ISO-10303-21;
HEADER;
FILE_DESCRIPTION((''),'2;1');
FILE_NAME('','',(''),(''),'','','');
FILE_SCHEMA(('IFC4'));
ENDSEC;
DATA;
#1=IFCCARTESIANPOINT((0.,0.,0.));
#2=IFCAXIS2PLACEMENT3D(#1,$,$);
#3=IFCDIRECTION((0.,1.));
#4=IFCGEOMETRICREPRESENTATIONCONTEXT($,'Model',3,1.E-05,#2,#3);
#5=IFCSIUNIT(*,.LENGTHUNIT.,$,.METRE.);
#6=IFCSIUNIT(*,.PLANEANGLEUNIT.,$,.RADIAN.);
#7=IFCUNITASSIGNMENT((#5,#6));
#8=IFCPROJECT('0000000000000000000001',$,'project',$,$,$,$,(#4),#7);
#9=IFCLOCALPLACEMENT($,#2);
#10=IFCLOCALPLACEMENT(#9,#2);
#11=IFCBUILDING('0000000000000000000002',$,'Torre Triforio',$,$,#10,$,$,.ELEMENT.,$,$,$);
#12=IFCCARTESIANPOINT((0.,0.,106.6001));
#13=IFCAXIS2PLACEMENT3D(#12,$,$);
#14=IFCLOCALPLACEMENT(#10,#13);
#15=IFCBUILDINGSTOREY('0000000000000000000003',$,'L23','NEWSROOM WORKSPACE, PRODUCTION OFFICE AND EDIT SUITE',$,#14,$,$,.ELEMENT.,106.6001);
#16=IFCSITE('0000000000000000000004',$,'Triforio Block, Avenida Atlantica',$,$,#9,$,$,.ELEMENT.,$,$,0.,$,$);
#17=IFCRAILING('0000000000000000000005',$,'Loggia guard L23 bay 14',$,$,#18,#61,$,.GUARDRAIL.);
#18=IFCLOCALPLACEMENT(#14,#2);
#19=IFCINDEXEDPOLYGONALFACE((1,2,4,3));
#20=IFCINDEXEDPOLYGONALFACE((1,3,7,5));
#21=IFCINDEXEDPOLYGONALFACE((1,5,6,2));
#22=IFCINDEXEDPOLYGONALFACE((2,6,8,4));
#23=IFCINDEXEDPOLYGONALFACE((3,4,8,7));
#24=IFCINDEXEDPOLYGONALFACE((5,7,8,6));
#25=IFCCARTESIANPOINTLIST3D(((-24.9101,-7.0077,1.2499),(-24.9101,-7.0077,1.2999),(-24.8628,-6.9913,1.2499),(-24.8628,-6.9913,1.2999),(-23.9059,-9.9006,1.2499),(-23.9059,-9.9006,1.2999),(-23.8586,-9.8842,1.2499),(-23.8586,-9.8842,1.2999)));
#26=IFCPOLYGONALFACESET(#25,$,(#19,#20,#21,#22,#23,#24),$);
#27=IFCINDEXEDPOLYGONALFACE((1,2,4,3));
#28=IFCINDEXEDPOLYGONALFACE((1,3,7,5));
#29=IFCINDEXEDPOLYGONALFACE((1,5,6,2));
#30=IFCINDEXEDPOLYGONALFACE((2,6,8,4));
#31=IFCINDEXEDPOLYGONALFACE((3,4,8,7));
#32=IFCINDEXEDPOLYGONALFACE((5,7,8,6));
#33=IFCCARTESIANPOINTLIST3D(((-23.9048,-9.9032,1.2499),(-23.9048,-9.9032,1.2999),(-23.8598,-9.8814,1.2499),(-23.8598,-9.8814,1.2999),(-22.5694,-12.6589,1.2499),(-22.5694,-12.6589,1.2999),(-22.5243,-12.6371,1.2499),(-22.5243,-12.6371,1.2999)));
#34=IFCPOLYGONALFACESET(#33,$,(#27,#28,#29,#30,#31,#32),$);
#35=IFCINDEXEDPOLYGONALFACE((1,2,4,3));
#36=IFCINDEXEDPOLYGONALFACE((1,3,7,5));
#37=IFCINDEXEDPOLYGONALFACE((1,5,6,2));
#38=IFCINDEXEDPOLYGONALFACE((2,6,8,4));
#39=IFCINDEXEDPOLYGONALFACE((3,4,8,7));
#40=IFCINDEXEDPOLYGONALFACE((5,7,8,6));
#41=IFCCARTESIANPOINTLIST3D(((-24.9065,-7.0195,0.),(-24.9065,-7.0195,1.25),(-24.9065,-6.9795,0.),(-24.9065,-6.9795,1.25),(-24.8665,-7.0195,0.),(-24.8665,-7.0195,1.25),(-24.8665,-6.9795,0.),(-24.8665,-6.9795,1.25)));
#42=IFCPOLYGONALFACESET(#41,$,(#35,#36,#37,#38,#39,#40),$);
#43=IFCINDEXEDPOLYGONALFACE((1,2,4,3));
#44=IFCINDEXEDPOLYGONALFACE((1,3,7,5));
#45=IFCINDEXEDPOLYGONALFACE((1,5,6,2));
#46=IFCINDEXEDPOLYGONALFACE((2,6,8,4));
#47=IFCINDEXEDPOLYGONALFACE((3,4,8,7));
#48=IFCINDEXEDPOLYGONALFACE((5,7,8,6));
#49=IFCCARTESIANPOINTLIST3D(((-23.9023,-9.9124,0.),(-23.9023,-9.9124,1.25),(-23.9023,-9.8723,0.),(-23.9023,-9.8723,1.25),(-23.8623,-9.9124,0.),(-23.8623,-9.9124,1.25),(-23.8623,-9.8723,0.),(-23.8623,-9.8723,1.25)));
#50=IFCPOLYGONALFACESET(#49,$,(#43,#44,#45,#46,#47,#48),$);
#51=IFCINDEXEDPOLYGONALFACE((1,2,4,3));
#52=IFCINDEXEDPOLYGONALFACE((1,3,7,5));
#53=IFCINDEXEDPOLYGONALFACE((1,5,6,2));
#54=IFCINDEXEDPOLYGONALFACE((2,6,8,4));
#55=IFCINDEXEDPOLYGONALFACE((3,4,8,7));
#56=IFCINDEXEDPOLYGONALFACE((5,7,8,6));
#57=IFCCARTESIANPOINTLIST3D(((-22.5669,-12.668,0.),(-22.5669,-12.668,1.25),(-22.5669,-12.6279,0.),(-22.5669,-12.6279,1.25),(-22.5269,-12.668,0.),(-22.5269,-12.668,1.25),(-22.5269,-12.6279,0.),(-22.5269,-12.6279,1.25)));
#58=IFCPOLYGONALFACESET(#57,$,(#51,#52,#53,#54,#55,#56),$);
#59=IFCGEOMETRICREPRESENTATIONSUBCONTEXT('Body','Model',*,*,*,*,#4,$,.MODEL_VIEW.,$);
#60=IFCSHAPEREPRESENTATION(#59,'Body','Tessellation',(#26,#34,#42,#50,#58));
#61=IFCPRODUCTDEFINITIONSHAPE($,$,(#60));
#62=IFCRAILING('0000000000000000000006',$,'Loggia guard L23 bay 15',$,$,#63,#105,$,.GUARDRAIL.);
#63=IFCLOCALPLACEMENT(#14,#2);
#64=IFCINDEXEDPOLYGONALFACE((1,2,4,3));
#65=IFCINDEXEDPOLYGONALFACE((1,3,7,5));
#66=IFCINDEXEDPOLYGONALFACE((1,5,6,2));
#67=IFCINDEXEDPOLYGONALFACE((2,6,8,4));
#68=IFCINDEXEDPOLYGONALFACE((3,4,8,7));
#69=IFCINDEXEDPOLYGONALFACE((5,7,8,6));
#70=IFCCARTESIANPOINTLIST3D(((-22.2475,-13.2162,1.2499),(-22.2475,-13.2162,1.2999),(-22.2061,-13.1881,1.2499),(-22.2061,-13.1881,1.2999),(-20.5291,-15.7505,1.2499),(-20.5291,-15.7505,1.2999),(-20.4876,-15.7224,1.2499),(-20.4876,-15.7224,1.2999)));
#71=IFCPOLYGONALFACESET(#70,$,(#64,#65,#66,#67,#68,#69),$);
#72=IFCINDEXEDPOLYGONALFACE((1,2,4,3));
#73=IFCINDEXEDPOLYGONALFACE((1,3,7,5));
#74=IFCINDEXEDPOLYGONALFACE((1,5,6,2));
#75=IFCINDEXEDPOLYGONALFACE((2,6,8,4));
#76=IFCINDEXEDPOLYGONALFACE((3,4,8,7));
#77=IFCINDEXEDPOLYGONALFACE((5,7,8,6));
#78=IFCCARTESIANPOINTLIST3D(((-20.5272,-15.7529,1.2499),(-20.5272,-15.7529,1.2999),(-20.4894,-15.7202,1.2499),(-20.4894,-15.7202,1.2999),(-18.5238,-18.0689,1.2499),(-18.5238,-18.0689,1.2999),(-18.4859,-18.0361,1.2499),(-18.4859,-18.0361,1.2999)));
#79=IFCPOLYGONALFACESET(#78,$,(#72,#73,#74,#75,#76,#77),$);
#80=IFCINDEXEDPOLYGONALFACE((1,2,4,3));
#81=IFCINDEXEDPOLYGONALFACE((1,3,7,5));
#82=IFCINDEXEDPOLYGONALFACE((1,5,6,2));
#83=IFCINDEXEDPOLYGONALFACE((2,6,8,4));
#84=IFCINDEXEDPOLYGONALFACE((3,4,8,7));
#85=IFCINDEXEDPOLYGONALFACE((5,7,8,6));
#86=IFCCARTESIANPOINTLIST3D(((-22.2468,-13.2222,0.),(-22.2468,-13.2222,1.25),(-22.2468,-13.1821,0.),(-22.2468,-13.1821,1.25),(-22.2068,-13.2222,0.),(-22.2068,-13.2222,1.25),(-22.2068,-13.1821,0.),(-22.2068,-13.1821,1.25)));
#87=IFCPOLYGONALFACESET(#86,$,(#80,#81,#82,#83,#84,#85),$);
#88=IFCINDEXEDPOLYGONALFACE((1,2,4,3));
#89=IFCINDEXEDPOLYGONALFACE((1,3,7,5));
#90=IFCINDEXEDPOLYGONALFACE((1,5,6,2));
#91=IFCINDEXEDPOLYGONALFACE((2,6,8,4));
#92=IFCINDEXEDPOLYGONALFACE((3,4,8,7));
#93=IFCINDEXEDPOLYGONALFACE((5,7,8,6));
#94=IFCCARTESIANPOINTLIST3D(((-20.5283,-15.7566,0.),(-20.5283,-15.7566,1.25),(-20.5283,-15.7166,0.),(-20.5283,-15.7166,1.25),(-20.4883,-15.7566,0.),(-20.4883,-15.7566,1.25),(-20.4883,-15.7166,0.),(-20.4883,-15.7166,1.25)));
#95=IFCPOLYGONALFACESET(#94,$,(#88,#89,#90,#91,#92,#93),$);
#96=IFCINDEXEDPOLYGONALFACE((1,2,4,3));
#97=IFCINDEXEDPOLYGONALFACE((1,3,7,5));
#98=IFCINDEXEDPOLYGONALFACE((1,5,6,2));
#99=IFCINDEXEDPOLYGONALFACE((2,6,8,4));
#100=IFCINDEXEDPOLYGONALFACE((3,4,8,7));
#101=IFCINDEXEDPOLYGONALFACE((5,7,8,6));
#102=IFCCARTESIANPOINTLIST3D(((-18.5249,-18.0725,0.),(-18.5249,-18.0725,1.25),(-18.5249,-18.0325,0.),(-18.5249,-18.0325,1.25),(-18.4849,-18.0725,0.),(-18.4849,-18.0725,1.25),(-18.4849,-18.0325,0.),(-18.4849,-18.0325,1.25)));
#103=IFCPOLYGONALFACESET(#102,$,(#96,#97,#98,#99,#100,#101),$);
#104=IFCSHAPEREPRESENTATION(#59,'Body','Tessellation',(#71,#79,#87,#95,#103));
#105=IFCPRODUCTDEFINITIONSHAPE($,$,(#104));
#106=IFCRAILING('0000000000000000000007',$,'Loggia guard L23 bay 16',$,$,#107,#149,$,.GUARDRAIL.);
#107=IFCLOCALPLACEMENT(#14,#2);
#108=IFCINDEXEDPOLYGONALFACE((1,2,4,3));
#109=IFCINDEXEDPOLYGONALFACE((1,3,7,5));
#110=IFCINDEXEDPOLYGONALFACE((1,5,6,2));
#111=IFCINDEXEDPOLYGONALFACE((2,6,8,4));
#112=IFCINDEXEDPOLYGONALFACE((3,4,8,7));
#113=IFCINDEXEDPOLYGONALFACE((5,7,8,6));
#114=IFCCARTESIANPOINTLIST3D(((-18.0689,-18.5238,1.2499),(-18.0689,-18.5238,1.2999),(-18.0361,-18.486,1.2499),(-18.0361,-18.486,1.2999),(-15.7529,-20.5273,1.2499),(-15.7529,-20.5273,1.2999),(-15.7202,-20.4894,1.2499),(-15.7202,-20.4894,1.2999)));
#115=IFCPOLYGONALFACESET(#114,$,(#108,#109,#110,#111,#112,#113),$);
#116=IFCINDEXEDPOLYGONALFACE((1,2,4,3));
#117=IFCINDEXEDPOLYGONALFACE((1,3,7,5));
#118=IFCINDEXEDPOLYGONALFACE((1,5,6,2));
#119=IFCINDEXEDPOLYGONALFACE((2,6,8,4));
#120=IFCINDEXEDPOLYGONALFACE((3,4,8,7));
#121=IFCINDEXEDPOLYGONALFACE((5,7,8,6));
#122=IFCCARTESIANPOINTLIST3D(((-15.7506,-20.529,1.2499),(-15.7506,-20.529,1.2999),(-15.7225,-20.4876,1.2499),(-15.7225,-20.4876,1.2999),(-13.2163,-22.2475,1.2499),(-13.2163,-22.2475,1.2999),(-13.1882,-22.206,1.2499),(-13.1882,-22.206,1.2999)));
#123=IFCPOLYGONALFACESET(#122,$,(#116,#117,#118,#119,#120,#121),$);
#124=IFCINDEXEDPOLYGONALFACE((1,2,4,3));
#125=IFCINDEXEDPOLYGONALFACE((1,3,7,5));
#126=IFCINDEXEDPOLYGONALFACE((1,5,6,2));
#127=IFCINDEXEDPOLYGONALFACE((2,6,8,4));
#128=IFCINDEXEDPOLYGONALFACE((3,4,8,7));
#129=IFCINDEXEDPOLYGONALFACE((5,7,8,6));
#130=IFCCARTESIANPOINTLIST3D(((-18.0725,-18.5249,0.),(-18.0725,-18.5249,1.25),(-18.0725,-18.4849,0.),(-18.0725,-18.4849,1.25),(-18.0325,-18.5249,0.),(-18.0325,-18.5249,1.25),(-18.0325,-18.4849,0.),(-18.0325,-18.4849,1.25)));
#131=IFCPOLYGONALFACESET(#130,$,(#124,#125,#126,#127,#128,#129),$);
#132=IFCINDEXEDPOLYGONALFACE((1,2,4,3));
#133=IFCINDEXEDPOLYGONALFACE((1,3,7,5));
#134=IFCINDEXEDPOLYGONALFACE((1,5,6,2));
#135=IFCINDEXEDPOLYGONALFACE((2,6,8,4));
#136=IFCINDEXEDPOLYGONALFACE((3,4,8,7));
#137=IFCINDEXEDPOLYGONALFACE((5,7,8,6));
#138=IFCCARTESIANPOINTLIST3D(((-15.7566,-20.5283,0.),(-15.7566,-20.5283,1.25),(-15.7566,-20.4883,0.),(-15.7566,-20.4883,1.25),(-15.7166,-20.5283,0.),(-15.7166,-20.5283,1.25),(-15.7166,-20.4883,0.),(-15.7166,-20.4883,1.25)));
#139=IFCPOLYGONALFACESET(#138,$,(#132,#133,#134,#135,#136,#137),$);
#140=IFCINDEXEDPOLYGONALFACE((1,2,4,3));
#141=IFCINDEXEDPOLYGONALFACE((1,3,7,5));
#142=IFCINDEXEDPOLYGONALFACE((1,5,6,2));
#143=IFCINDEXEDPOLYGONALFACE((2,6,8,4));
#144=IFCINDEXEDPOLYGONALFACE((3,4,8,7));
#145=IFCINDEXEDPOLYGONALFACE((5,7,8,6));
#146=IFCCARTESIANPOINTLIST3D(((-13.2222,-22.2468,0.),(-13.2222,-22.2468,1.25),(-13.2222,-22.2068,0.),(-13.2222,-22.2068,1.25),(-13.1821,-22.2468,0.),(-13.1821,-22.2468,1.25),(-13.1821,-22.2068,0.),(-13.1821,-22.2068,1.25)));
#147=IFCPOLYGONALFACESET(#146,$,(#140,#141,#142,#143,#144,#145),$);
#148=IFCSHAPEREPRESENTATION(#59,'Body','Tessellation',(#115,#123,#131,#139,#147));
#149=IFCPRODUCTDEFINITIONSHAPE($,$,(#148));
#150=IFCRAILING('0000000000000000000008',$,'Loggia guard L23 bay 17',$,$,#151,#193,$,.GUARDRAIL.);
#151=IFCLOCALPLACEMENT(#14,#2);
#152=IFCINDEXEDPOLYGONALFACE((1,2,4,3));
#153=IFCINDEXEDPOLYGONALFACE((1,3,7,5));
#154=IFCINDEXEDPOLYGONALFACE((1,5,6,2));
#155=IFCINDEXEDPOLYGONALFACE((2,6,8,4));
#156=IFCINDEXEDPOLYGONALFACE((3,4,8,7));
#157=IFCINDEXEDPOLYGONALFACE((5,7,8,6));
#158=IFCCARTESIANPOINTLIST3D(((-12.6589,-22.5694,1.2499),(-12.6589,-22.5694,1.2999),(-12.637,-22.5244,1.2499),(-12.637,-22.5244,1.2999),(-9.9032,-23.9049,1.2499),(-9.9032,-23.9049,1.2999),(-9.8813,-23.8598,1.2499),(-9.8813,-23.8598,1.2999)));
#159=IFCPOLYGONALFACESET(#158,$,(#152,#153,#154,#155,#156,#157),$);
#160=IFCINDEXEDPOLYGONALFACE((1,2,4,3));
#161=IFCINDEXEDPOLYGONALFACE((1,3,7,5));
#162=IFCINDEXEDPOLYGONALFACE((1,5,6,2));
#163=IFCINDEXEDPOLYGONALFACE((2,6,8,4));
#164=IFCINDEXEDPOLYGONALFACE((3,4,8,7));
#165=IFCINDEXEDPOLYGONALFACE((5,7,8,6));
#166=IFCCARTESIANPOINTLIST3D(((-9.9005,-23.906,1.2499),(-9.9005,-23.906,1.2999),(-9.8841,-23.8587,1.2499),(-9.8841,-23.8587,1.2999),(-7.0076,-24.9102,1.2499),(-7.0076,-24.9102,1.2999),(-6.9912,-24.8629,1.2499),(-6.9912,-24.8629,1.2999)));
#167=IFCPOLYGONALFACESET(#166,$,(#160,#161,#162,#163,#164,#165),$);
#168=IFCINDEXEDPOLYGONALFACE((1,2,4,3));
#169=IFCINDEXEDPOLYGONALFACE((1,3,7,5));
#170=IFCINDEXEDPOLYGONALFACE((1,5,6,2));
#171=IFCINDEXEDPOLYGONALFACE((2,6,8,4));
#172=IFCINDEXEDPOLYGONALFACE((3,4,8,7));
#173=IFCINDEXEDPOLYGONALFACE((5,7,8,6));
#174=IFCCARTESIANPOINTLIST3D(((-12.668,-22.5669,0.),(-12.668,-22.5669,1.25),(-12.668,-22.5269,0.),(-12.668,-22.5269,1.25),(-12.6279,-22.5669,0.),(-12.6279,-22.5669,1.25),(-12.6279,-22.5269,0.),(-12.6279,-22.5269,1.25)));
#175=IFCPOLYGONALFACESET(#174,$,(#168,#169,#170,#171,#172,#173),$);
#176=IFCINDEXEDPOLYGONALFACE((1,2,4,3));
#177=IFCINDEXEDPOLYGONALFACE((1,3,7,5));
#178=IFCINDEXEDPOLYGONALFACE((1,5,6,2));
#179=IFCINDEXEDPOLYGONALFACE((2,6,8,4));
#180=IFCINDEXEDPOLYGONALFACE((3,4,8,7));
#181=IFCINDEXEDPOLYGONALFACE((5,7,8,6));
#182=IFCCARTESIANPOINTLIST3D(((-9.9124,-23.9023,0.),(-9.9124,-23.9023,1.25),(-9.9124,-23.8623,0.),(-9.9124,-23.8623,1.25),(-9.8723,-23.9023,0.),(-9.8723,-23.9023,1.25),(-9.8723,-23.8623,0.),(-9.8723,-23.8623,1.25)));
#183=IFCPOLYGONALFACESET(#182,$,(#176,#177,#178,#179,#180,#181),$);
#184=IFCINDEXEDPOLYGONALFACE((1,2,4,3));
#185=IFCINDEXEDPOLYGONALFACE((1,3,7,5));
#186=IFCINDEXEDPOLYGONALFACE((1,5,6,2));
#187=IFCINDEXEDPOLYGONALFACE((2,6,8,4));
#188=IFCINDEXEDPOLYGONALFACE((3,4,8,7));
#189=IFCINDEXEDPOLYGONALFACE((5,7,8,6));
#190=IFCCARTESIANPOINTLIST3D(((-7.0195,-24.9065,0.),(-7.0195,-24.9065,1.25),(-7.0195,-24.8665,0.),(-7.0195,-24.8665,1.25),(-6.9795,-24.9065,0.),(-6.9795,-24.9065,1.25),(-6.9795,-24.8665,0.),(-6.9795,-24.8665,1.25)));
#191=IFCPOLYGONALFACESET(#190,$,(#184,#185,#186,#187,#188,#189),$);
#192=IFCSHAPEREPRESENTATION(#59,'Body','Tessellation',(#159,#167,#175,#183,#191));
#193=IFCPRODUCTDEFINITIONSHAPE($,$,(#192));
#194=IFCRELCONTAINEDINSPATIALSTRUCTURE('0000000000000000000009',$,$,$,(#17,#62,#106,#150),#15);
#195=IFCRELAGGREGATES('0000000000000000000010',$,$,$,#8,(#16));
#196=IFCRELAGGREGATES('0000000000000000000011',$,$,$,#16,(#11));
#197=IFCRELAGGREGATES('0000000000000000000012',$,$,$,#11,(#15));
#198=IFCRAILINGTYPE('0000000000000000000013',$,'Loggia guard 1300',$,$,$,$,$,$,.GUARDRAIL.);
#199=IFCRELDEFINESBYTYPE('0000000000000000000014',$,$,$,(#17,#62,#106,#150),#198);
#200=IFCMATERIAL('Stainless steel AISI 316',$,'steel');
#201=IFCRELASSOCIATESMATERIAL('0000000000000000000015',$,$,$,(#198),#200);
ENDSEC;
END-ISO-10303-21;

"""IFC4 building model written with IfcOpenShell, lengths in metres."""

from ifc_helpers import new_model, si_unit, direction, frame, origin, origin_2d, place, context, subcontext, project, spatial, rectangle, extrude, material, type_object, element, save


model = new_model("IFC4")

# Units and contexts
model_context = context("Model", 3, precision=1e-05, world=origin(), true_north=direction((0.0, 1.0)))
body_context = subcontext(model_context, "Body", "Model", "MODEL_VIEW")
ifc_project = project(units=[si_unit("LENGTHUNIT", "METRE"), si_unit("PLANEANGLEUNIT", "RADIAN")], contexts=[model_context])

# Site, building, storey
site_placement = place(None, origin())
site = spatial("IfcSite", under=ifc_project, at=site_placement, Name="Triforio Block, Avenida Atlantica", CompositionType="ELEMENT", RefElevation=0.0)
building_placement = place(site_placement, origin())
building = spatial("IfcBuilding", under=site, at=building_placement, Name="Torre Triforio", CompositionType="ELEMENT")
storey_placement = place(building_placement, frame((0.0, 0.0, 106.6001)))
storey = spatial("IfcBuildingStorey", under=building, at=storey_placement, Name="L23", Description="NEWSROOM WORKSPACE, PRODUCTION OFFICE AND EDIT SUITE", CompositionType="ELEMENT", Elevation=106.6001)

# Railings
ifc_material_1 = material(Name="Stainless steel AISI 316", Category="steel")
railing_type = type_object("IfcRailingType", Name="Loggia guard 1300", PredefinedType="GUARDRAIL", material=ifc_material_1)
railing_1_placement = place(storey_placement, frame((-24.8865, -6.9995, 0.0)))
element("IfcRailing", 1, at=railing_1_placement, inside=storey, type_object=railing_type, Name="Loggia guard L23 bay 14", PredefinedType="GUARDRAIL", context=body_context, shape_type="SweptSolid", body=[
    extrude(rectangle(XDim=0.05, YDim=0.05, at=origin_2d()), frame((0.0, 0.0, 1.2749), z_axis=(0.327924, -0.944704, 0.0), x_axis=(0.944704, 0.327924, 0.0)), (0.0, 0.0, 1.0), 3.0623),
    extrude(rectangle(XDim=0.05, YDim=0.05, at=origin_2d()), frame((1.0042, -2.8928, 1.2749), z_axis=(0.436113, -0.899892, 0.0), x_axis=(0.899892, 0.436113, 0.0)), (0.0, 0.0, 1.0), 3.0623),
    extrude(rectangle(XDim=0.04, YDim=0.04, at=origin_2d()), origin(), (0.0, 0.0, 1.0), 1.25),
    extrude(rectangle(XDim=0.04, YDim=0.04, at=origin_2d()), frame((1.0042, -2.8928, 0.0)), (0.0, 0.0, 1.0), 1.25),
    extrude(rectangle(XDim=0.04, YDim=0.04, at=origin_2d()), frame((2.3396, -5.6484, 0.0)), (0.0, 0.0, 1.0), 1.25),
])
railing_2_placement = place(storey_placement, frame((-22.2268, -13.2021, 0.0)))
element("IfcRailing", 2, at=railing_2_placement, inside=storey, type_object=railing_type, Name="Loggia guard L23 bay 15", PredefinedType="GUARDRAIL", context=body_context, shape_type="SweptSolid", body=[
    extrude(rectangle(XDim=0.05, YDim=0.05, at=origin_2d()), frame((0.0, 0.0, 1.2749), z_axis=(0.561215, -0.82767, 0.0), x_axis=(0.82767, 0.561215, 0.0)), (0.0, 0.0, 1.0), 3.062),
    extrude(rectangle(XDim=0.05, YDim=0.05, at=origin_2d()), frame((1.7185, -2.5344, 1.2749), z_axis=(0.654238, -0.756289, 0.0), x_axis=(0.756289, 0.654238, 0.0)), (0.0, 0.0, 1.0), 3.0623),
    extrude(rectangle(XDim=0.04, YDim=0.04, at=origin_2d()), origin(), (0.0, 0.0, 1.0), 1.25),
    extrude(rectangle(XDim=0.04, YDim=0.04, at=origin_2d()), frame((1.7185, -2.5344, 0.0)), (0.0, 0.0, 1.0), 1.25),
    extrude(rectangle(XDim=0.04, YDim=0.04, at=origin_2d()), frame((3.7219, -4.8503, 0.0)), (0.0, 0.0, 1.0), 1.25),
])
railing_3_placement = place(storey_placement, frame((-18.0525, -18.5049, 0.0)))
element("IfcRailing", 3, at=railing_3_placement, inside=storey, type_object=railing_type, Name="Loggia guard L23 bay 16", PredefinedType="GUARDRAIL", context=body_context, shape_type="SweptSolid", body=[
    extrude(rectangle(XDim=0.05, YDim=0.05, at=origin_2d()), frame((0.0, 0.0, 1.2749), z_axis=(0.756289, -0.654238, 0.0), x_axis=(0.654238, 0.756289, 0.0)), (0.0, 0.0, 1.0), 3.0623),
    extrude(rectangle(XDim=0.05, YDim=0.05, at=origin_2d()), frame((2.3159, -2.0034, 1.2749), z_axis=(0.82767, -0.561215, 0.0), x_axis=(0.561215, 0.82767, 0.0)), (0.0, 0.0, 1.0), 3.062),
    extrude(rectangle(XDim=0.04, YDim=0.04, at=origin_2d()), origin(), (0.0, 0.0, 1.0), 1.25),
    extrude(rectangle(XDim=0.04, YDim=0.04, at=origin_2d()), frame((2.3159, -2.0034, 0.0)), (0.0, 0.0, 1.0), 1.25),
    extrude(rectangle(XDim=0.04, YDim=0.04, at=origin_2d()), frame((4.8503, -3.7219, 0.0)), (0.0, 0.0, 1.0), 1.25),
])
railing_4_placement = place(storey_placement, frame((-12.6479, -22.5469, 0.0)))
element("IfcRailing", 4, at=railing_4_placement, inside=storey, type_object=railing_type, Name="Loggia guard L23 bay 17", PredefinedType="GUARDRAIL", context=body_context, shape_type="SweptSolid", body=[
    extrude(rectangle(XDim=0.05, YDim=0.05, at=origin_2d()), frame((0.0, 0.0, 1.2749), z_axis=(0.899892, -0.436113, 0.0), x_axis=(0.436113, 0.899892, 0.0)), (0.0, 0.0, 1.0), 3.0623),
    extrude(rectangle(XDim=0.05, YDim=0.05, at=origin_2d()), frame((2.7556, -1.3354, 1.2749), z_axis=(0.944704, -0.327924, 0.0), x_axis=(0.327924, 0.944704, 0.0)), (0.0, 0.0, 1.0), 3.0623),
    extrude(rectangle(XDim=0.04, YDim=0.04, at=origin_2d()), origin(), (0.0, 0.0, 1.0), 1.25),
    extrude(rectangle(XDim=0.04, YDim=0.04, at=origin_2d()), frame((2.7556, -1.3354, 0.0)), (0.0, 0.0, 1.0), 1.25),
    extrude(rectangle(XDim=0.04, YDim=0.04, at=origin_2d()), frame((5.6484, -2.3396, 0.0)), (0.0, 0.0, 1.0), 1.25),
])

save(model, "model.ifc")
